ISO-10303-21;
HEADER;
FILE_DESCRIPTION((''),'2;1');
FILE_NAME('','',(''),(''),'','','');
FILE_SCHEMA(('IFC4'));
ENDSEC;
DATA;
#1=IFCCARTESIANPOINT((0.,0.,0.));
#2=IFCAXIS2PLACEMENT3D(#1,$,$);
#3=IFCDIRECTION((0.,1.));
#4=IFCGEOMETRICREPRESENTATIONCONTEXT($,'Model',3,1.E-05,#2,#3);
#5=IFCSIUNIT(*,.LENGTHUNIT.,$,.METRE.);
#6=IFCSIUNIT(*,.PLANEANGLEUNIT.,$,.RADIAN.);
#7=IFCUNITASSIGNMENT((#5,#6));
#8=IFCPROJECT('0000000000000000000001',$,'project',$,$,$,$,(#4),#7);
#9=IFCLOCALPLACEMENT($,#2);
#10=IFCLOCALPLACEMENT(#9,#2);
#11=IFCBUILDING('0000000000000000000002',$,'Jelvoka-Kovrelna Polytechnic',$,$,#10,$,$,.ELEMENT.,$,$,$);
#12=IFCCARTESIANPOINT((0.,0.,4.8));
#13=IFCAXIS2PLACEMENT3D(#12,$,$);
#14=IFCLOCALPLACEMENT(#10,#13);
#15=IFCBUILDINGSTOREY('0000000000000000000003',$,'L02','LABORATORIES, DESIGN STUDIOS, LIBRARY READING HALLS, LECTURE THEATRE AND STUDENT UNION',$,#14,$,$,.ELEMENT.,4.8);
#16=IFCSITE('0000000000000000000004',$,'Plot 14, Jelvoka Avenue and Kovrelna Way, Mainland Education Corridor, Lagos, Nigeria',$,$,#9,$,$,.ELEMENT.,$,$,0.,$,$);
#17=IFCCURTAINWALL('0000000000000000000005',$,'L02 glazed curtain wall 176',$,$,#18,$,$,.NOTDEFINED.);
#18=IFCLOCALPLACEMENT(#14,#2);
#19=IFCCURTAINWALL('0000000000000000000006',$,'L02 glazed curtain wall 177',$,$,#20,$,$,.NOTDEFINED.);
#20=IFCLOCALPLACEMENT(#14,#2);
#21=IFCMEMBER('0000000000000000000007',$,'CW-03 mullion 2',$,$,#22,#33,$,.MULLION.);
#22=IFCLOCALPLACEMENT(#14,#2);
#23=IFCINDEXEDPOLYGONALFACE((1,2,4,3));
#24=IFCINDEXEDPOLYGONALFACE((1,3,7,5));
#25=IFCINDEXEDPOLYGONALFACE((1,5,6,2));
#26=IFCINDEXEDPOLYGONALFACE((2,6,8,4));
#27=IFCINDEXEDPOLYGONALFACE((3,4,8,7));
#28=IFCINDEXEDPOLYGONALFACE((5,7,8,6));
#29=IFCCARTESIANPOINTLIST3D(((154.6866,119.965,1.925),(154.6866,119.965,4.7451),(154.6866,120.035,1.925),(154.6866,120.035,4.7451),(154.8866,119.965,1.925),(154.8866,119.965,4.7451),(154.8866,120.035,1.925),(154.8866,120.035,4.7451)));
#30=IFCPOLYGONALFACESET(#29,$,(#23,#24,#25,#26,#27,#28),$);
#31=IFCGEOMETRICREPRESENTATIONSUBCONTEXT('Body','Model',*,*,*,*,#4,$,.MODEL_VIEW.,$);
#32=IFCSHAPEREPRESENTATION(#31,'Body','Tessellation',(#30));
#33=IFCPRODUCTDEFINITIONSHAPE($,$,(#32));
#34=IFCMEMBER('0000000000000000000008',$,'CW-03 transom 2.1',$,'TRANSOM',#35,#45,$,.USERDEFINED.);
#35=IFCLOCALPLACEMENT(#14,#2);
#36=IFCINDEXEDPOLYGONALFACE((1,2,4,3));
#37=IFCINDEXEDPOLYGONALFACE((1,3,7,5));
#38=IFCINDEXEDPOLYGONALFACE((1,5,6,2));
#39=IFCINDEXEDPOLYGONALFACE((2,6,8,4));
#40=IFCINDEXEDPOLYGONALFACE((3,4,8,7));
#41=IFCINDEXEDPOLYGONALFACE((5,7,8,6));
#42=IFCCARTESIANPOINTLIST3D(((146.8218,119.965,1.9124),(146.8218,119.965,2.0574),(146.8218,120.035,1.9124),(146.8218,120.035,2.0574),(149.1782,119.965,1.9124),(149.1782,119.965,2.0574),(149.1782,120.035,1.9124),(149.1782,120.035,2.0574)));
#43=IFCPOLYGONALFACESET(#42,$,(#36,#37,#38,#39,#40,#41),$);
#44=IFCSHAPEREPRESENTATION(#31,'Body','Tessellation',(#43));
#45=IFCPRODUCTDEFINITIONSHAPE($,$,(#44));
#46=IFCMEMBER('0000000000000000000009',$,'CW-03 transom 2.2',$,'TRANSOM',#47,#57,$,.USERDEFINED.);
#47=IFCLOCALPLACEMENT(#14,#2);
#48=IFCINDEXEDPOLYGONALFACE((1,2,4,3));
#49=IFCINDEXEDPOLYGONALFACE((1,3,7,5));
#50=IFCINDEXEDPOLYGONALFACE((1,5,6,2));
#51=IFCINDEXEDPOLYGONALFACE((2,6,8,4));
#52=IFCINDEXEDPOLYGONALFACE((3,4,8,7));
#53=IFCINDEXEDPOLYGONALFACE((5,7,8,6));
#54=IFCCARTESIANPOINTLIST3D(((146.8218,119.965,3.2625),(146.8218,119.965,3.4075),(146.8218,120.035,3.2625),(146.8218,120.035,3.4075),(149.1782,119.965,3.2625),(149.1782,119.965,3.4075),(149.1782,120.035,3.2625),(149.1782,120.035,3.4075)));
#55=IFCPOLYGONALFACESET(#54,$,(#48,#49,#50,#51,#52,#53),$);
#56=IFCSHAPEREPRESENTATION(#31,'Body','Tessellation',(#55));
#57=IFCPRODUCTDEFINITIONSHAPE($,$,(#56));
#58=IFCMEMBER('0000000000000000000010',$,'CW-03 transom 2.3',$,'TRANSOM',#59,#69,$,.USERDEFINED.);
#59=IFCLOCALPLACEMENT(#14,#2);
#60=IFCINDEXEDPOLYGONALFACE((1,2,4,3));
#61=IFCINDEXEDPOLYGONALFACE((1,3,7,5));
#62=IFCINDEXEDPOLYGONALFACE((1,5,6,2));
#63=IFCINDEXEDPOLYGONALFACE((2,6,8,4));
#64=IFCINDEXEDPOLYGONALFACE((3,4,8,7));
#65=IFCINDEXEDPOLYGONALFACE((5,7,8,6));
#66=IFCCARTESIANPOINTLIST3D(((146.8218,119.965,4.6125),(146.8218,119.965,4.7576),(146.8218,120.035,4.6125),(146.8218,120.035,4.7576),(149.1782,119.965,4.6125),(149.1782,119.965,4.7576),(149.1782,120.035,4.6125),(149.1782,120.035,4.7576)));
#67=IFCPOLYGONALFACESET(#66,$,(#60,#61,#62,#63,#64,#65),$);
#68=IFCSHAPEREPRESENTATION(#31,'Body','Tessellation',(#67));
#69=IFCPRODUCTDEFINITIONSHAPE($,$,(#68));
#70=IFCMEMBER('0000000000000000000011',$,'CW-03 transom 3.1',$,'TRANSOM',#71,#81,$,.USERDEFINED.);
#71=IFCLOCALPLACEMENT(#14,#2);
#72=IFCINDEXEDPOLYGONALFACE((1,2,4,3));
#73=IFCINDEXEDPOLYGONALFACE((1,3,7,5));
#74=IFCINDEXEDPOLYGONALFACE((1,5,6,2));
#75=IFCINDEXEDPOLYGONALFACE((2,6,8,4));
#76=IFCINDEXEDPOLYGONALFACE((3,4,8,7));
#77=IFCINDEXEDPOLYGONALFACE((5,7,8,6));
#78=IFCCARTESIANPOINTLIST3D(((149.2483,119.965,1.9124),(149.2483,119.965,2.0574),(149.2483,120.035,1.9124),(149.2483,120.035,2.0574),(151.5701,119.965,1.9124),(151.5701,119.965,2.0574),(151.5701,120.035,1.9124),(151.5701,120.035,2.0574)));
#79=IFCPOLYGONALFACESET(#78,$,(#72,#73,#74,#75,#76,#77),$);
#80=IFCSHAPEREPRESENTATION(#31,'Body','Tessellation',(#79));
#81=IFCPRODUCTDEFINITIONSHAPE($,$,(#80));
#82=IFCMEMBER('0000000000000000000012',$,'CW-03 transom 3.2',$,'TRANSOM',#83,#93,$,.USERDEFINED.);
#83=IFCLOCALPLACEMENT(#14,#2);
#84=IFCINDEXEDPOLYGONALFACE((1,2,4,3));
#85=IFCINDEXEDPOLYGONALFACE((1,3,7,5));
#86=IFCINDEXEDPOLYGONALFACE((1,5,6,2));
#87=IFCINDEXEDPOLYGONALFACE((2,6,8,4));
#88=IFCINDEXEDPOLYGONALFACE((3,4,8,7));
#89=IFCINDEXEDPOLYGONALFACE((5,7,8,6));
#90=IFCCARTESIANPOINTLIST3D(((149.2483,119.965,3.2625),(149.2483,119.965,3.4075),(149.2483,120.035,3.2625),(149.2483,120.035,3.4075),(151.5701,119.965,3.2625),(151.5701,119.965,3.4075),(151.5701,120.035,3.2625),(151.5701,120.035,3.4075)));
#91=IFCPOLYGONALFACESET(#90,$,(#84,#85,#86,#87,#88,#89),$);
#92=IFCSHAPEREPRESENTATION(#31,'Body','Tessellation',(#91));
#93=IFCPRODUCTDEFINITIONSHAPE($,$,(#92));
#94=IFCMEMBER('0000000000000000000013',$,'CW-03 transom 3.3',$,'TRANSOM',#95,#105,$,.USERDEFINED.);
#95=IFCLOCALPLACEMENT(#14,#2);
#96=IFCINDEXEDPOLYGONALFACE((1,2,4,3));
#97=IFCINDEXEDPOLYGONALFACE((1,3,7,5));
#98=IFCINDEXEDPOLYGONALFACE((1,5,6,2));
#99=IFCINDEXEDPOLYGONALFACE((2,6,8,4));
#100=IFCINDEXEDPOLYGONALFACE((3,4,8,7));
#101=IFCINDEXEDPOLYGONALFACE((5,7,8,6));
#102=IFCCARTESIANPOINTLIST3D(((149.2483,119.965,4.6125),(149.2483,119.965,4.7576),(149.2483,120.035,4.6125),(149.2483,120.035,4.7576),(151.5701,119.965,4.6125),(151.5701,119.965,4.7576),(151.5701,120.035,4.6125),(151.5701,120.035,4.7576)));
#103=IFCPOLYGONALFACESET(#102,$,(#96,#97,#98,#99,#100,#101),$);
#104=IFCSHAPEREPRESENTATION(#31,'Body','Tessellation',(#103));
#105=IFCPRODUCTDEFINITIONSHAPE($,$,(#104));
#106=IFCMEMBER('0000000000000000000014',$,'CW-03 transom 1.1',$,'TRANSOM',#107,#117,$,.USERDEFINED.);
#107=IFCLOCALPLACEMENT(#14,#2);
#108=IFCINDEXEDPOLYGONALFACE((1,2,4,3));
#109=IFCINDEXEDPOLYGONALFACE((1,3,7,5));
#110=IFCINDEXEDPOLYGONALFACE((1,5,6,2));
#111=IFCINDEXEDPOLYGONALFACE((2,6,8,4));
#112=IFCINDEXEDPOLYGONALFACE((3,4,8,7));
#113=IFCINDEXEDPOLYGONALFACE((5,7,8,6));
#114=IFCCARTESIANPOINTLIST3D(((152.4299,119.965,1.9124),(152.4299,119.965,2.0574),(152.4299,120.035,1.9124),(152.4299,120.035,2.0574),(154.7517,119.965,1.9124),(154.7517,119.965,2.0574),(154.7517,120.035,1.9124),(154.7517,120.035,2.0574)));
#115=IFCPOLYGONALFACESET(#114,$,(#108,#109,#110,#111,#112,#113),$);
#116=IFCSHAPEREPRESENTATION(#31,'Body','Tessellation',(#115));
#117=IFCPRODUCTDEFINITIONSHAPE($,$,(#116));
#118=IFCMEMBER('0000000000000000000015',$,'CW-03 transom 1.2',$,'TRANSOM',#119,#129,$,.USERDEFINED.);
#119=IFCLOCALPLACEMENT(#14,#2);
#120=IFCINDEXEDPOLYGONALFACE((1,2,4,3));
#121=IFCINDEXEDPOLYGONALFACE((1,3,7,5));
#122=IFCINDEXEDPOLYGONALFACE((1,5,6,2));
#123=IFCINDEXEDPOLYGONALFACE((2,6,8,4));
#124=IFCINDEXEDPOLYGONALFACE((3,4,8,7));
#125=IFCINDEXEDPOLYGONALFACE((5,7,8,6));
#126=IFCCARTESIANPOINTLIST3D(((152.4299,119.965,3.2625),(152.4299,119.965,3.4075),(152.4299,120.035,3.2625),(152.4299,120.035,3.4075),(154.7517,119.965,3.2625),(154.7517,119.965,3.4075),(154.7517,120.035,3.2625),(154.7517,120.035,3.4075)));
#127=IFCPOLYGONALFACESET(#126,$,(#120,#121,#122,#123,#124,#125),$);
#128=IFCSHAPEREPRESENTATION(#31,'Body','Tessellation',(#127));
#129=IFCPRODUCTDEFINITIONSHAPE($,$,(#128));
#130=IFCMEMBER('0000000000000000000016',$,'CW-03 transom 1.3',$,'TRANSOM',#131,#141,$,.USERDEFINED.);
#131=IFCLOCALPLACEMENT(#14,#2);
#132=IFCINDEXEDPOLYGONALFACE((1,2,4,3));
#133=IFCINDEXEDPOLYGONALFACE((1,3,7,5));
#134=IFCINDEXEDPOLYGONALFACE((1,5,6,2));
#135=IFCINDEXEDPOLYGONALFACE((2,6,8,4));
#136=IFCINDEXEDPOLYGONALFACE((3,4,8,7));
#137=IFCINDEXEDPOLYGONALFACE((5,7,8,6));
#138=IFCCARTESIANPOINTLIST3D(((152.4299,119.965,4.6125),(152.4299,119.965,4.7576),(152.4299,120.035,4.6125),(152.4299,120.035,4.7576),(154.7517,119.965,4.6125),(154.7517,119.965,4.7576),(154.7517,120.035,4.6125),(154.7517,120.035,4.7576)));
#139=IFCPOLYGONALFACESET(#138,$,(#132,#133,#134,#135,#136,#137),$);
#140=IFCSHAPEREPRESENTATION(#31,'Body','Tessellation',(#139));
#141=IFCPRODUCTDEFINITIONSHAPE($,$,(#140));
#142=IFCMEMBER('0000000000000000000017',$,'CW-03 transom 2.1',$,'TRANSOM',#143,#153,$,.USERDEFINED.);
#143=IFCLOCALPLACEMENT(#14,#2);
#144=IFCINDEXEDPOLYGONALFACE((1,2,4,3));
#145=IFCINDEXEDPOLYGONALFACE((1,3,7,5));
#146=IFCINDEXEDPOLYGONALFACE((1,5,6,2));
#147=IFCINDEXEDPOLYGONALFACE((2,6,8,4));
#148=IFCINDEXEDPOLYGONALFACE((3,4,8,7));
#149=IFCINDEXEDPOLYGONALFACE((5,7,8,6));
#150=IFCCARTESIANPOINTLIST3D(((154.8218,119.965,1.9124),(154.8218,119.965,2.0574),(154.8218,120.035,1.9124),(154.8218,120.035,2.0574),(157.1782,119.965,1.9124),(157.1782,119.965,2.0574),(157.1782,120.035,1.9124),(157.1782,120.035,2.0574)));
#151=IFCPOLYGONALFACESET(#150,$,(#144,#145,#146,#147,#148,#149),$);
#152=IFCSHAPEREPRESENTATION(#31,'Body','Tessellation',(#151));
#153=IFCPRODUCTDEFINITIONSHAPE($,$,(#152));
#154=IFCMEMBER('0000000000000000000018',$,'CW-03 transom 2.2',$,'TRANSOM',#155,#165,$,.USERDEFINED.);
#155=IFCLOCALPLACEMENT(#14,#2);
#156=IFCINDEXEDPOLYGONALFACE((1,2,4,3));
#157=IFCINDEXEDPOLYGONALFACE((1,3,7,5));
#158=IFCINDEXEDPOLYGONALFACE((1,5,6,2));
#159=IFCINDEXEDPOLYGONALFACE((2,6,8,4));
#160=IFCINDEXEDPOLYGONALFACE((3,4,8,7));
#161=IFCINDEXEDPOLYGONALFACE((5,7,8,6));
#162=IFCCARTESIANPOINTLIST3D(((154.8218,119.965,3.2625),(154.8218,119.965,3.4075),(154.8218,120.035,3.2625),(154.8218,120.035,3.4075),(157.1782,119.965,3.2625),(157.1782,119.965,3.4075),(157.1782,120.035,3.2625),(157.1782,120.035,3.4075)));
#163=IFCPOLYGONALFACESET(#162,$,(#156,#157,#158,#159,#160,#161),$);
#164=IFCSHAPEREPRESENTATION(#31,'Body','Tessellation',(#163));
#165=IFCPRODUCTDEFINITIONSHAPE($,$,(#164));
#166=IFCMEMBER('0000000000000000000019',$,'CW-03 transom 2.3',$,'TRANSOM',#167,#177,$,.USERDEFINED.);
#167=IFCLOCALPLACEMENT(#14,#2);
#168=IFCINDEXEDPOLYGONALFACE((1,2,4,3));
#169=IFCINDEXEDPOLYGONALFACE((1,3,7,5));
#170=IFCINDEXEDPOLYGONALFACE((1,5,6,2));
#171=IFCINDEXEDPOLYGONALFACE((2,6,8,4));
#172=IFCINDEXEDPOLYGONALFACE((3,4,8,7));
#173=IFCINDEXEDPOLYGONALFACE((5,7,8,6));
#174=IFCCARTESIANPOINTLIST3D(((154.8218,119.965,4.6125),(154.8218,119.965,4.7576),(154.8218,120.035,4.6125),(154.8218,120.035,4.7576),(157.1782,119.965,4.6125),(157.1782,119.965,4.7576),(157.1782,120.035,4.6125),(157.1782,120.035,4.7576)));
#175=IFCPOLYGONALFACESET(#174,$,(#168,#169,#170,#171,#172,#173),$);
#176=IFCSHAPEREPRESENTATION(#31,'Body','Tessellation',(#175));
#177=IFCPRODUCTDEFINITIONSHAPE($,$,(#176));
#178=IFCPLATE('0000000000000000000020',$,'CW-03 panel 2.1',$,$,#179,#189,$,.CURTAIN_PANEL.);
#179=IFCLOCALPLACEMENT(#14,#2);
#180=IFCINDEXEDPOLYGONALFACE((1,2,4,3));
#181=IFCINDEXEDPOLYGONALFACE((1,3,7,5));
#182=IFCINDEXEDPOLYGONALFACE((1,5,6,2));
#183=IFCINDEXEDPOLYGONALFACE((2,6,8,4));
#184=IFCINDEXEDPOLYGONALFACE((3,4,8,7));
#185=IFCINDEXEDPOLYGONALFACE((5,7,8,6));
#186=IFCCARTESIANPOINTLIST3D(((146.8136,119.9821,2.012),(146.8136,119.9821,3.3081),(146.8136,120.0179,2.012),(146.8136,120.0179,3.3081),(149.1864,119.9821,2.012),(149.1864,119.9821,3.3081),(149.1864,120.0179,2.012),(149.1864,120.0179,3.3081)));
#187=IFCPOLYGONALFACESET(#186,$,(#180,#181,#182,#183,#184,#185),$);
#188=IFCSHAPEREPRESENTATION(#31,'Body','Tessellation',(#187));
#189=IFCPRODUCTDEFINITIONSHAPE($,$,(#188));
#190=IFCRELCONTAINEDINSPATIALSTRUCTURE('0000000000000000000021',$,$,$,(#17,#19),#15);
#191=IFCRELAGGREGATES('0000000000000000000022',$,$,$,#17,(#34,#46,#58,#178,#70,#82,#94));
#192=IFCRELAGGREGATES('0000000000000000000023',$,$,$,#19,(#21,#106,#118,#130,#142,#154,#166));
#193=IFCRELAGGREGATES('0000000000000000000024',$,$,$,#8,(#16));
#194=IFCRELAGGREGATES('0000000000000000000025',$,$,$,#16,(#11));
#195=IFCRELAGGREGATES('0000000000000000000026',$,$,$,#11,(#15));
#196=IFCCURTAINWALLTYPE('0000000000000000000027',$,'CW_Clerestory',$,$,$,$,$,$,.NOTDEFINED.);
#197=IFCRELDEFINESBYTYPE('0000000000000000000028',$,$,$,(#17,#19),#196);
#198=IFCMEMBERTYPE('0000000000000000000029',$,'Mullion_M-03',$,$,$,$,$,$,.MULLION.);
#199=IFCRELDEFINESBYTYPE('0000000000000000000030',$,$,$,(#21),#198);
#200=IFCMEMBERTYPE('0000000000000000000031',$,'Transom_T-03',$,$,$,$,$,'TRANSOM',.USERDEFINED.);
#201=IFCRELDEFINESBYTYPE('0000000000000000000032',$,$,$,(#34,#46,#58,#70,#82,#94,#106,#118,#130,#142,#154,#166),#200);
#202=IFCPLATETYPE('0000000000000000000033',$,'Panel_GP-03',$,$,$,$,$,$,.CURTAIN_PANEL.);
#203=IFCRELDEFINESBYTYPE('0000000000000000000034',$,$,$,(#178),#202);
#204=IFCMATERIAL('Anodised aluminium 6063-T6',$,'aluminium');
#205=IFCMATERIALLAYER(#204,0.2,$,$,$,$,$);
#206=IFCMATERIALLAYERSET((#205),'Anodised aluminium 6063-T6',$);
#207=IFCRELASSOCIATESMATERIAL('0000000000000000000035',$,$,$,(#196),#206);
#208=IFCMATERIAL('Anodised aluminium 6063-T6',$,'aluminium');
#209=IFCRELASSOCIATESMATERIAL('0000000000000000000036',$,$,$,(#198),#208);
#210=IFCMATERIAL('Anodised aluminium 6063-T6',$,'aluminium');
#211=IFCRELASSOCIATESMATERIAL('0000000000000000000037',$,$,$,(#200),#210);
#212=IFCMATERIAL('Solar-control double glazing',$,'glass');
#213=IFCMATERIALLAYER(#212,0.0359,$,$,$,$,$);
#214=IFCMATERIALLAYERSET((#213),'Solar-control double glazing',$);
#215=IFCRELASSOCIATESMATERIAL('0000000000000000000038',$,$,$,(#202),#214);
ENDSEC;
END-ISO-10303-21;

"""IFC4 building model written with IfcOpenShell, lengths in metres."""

from ifc_helpers import new_model, si_unit, direction, frame, origin, origin_2d, place, context, subcontext, project, spatial, rectangle, extrude, material, layer, layer_set, material_profile, profile_set, type_object, element, aggregate, save


model = new_model("IFC4")

# Units and contexts
model_context = context("Model", 3, precision=1e-05, world=origin(), true_north=direction((0.0, 1.0)))
body_context = subcontext(model_context, "Body", "Model", "MODEL_VIEW")
ifc_project = project(units=[si_unit("LENGTHUNIT", "METRE"), si_unit("PLANEANGLEUNIT", "RADIAN")], contexts=[model_context])

# Site, building, storey
site_placement = place(None, origin())
site = spatial("IfcSite", under=ifc_project, at=site_placement, Name="Plot 14, Jelvoka Avenue and Kovrelna Way, Mainland Education Corridor, Lagos, Nigeria", CompositionType="ELEMENT", RefElevation=0.0)
building_placement = place(site_placement, origin())
building = spatial("IfcBuilding", under=site, at=building_placement, Name="Jelvoka-Kovrelna Polytechnic", CompositionType="ELEMENT")
storey_placement = place(building_placement, frame((0.0, 0.0, 4.8)))
storey = spatial("IfcBuildingStorey", under=building, at=storey_placement, Name="L02", Description="LABORATORIES, DESIGN STUDIOS, LIBRARY READING HALLS, LECTURE THEATRE AND STUDENT UNION", CompositionType="ELEMENT", Elevation=4.8)

# Curtain walls, member
ifc_material_1 = material(Name="Anodised aluminium 6063-T6", Category="aluminium")
ifc_layer_1 = layer(ifc_material_1, 0.2)
ifc_layer_set_1 = layer_set([ifc_layer_1], Name="Anodised aluminium 6063-T6")
curtain_wall_type = type_object("IfcCurtainWallType", Name="CW_Clerestory", PredefinedType="NOTDEFINED", material=ifc_layer_set_1)
curtain_wall_1_placement = place(storey_placement, origin())
curtain_wall_1 = element("IfcCurtainWall", 1, at=curtain_wall_1_placement, inside=storey, type_object=curtain_wall_type, Name="L02 glazed curtain wall 176", PredefinedType="NOTDEFINED")
ifc_material_2 = material(Name="Anodised aluminium 6063-T6", Category="aluminium")
ifc_material_profile_1 = material_profile(ifc_material_2, rectangle(XDim=0.0701, YDim=0.2, at=origin_2d()), Name="ALU 70x200")
ifc_profile_set_1 = profile_set([ifc_material_profile_1], Name="Anodised aluminium 6063-T6")
member_type_1 = type_object("IfcMemberType", Name="Mullion_M-03", PredefinedType="MULLION", material=ifc_profile_set_1)
curtain_wall_2_placement = place(storey_placement, origin())
curtain_wall_2 = element("IfcCurtainWall", 2, at=curtain_wall_2_placement, inside=storey, type_object=curtain_wall_type, Name="L02 glazed curtain wall 177", PredefinedType="NOTDEFINED")
member_1_placement = place(storey_placement, frame((154.7866, 120.0, 1.925), z_axis=(0.0, 0.0, 1.0), x_axis=(0.0, 1.0, 0.0)))
member_1 = element("IfcMember", 3, at=member_1_placement, type_object=member_type_1, Name="CW-03 mullion 2", PredefinedType="MULLION", context=body_context, shape_type="SweptSolid", body=[
    extrude(rectangle(XDim=0.0701, YDim=0.2, at=origin_2d()), origin(), (0.0, 0.0, 1.0), 2.8201),
])

# Members
ifc_material_3 = material(Name="Anodised aluminium 6063-T6", Category="aluminium")
ifc_material_profile_2 = material_profile(ifc_material_3, rectangle(XDim=0.0701, YDim=0.145, at=origin_2d()), Name="ALU 70x145")
ifc_profile_set_2 = profile_set([ifc_material_profile_2], Name="Anodised aluminium 6063-T6")
member_type_2 = type_object("IfcMemberType", Name="Transom_T-03", ElementType="TRANSOM", PredefinedType="USERDEFINED", material=ifc_profile_set_2)
member_2_placement = place(storey_placement, frame((146.8218, 120.0, 1.9849), z_axis=(1.0, 0.0, 0.0), x_axis=(0.0, 1.0, 0.0)))
member_2 = element("IfcMember", 4, at=member_2_placement, type_object=member_type_2, Name="CW-03 transom 2.1", ObjectType="TRANSOM", PredefinedType="USERDEFINED", context=body_context, shape_type="SweptSolid", body=[
    extrude(rectangle(XDim=0.0701, YDim=0.145, at=origin_2d()), origin(), (0.0, 0.0, 1.0), 2.3564),
])
member_3_placement = place(storey_placement, frame((146.8218, 120.0, 3.335), z_axis=(1.0, 0.0, 0.0), x_axis=(0.0, 1.0, 0.0)))
member_3 = element("IfcMember", 5, at=member_3_placement, type_object=member_type_2, Name="CW-03 transom 2.2", ObjectType="TRANSOM", PredefinedType="USERDEFINED", context=body_context, shape_type="SweptSolid", body=[
    extrude(rectangle(XDim=0.0701, YDim=0.145, at=origin_2d()), origin(), (0.0, 0.0, 1.0), 2.3564),
])
member_4_placement = place(storey_placement, frame((146.8218, 120.0, 4.6851), z_axis=(1.0, 0.0, 0.0), x_axis=(0.0, 1.0, 0.0)))
member_4 = element("IfcMember", 6, at=member_4_placement, type_object=member_type_2, Name="CW-03 transom 2.3", ObjectType="TRANSOM", PredefinedType="USERDEFINED", context=body_context, shape_type="SweptSolid", body=[
    extrude(rectangle(XDim=0.0701, YDim=0.145, at=origin_2d()), origin(), (0.0, 0.0, 1.0), 2.3564),
])
member_5_placement = place(storey_placement, frame((149.2483, 120.0, 1.9849), z_axis=(1.0, 0.0, 0.0), x_axis=(0.0, 1.0, 0.0)))
member_5 = element("IfcMember", 7, at=member_5_placement, type_object=member_type_2, Name="CW-03 transom 3.1", ObjectType="TRANSOM", PredefinedType="USERDEFINED", context=body_context, shape_type="SweptSolid", body=[
    extrude(rectangle(XDim=0.0701, YDim=0.145, at=origin_2d()), origin(), (0.0, 0.0, 1.0), 2.3218),
])
member_6_placement = place(storey_placement, frame((149.2483, 120.0, 3.335), z_axis=(1.0, 0.0, 0.0), x_axis=(0.0, 1.0, 0.0)))
member_6 = element("IfcMember", 8, at=member_6_placement, type_object=member_type_2, Name="CW-03 transom 3.2", ObjectType="TRANSOM", PredefinedType="USERDEFINED", context=body_context, shape_type="SweptSolid", body=[
    extrude(rectangle(XDim=0.0701, YDim=0.145, at=origin_2d()), origin(), (0.0, 0.0, 1.0), 2.3218),
])
member_7_placement = place(storey_placement, frame((149.2483, 120.0, 4.6851), z_axis=(1.0, 0.0, 0.0), x_axis=(0.0, 1.0, 0.0)))
member_7 = element("IfcMember", 9, at=member_7_placement, type_object=member_type_2, Name="CW-03 transom 3.3", ObjectType="TRANSOM", PredefinedType="USERDEFINED", context=body_context, shape_type="SweptSolid", body=[
    extrude(rectangle(XDim=0.0701, YDim=0.145, at=origin_2d()), origin(), (0.0, 0.0, 1.0), 2.3218),
])
member_8_placement = place(storey_placement, frame((152.4299, 120.0, 1.9849), z_axis=(1.0, 0.0, 0.0), x_axis=(0.0, 1.0, 0.0)))
member_8 = element("IfcMember", 10, at=member_8_placement, type_object=member_type_2, Name="CW-03 transom 1.1", ObjectType="TRANSOM", PredefinedType="USERDEFINED", context=body_context, shape_type="SweptSolid", body=[
    extrude(rectangle(XDim=0.0701, YDim=0.145, at=origin_2d()), origin(), (0.0, 0.0, 1.0), 2.3218),
])
member_9_placement = place(storey_placement, frame((152.4299, 120.0, 3.335), z_axis=(1.0, 0.0, 0.0), x_axis=(0.0, 1.0, 0.0)))
member_9 = element("IfcMember", 11, at=member_9_placement, type_object=member_type_2, Name="CW-03 transom 1.2", ObjectType="TRANSOM", PredefinedType="USERDEFINED", context=body_context, shape_type="SweptSolid", body=[
    extrude(rectangle(XDim=0.0701, YDim=0.145, at=origin_2d()), origin(), (0.0, 0.0, 1.0), 2.3218),
])
member_10_placement = place(storey_placement, frame((152.4299, 120.0, 4.6851), z_axis=(1.0, 0.0, 0.0), x_axis=(0.0, 1.0, 0.0)))
member_10 = element("IfcMember", 12, at=member_10_placement, type_object=member_type_2, Name="CW-03 transom 1.3", ObjectType="TRANSOM", PredefinedType="USERDEFINED", context=body_context, shape_type="SweptSolid", body=[
    extrude(rectangle(XDim=0.0701, YDim=0.145, at=origin_2d()), origin(), (0.0, 0.0, 1.0), 2.3218),
])
member_11_placement = place(storey_placement, frame((154.8218, 120.0, 1.9849), z_axis=(1.0, 0.0, 0.0), x_axis=(0.0, 1.0, 0.0)))
member_11 = element("IfcMember", 13, at=member_11_placement, type_object=member_type_2, Name="CW-03 transom 2.1", ObjectType="TRANSOM", PredefinedType="USERDEFINED", context=body_context, shape_type="SweptSolid", body=[
    extrude(rectangle(XDim=0.0701, YDim=0.145, at=origin_2d()), origin(), (0.0, 0.0, 1.0), 2.3564),
])
member_12_placement = place(storey_placement, frame((154.8218, 120.0, 3.335), z_axis=(1.0, 0.0, 0.0), x_axis=(0.0, 1.0, 0.0)))
member_12 = element("IfcMember", 14, at=member_12_placement, type_object=member_type_2, Name="CW-03 transom 2.2", ObjectType="TRANSOM", PredefinedType="USERDEFINED", context=body_context, shape_type="SweptSolid", body=[
    extrude(rectangle(XDim=0.0701, YDim=0.145, at=origin_2d()), origin(), (0.0, 0.0, 1.0), 2.3564),
])
member_13_placement = place(storey_placement, frame((154.8218, 120.0, 4.6851), z_axis=(1.0, 0.0, 0.0), x_axis=(0.0, 1.0, 0.0)))
member_13 = element("IfcMember", 15, at=member_13_placement, type_object=member_type_2, Name="CW-03 transom 2.3", ObjectType="TRANSOM", PredefinedType="USERDEFINED", context=body_context, shape_type="SweptSolid", body=[
    extrude(rectangle(XDim=0.0701, YDim=0.145, at=origin_2d()), origin(), (0.0, 0.0, 1.0), 2.3564),
])

# Plate
ifc_material_4 = material(Name="Solar-control double glazing", Category="glass")
ifc_layer_2 = layer(ifc_material_4, 0.0359)
ifc_layer_set_2 = layer_set([ifc_layer_2], Name="Solar-control double glazing")
plate_type = type_object("IfcPlateType", Name="Panel_GP-03", PredefinedType="CURTAIN_PANEL", material=ifc_layer_set_2)
plate_1_placement = place(storey_placement, frame((148.0, 120.0, 2.012), z_axis=(0.0, 0.0, 1.0), x_axis=(1.0, 0.0, 0.0)))
plate_1 = element("IfcPlate", 16, at=plate_1_placement, type_object=plate_type, Name="CW-03 panel 2.1", PredefinedType="CURTAIN_PANEL", context=body_context, shape_type="SweptSolid", body=[
    extrude(rectangle(XDim=2.3728, YDim=0.0359, at=origin_2d()), origin(), (0.0, 0.0, 1.0), 1.2961),
])
aggregate(curtain_wall_1, [member_2, member_3, member_4, plate_1, member_5, member_6, member_7])
aggregate(curtain_wall_2, [member_1, member_8, member_9, member_10, member_11, member_12, member_13])

save(model, "model.ifc")
